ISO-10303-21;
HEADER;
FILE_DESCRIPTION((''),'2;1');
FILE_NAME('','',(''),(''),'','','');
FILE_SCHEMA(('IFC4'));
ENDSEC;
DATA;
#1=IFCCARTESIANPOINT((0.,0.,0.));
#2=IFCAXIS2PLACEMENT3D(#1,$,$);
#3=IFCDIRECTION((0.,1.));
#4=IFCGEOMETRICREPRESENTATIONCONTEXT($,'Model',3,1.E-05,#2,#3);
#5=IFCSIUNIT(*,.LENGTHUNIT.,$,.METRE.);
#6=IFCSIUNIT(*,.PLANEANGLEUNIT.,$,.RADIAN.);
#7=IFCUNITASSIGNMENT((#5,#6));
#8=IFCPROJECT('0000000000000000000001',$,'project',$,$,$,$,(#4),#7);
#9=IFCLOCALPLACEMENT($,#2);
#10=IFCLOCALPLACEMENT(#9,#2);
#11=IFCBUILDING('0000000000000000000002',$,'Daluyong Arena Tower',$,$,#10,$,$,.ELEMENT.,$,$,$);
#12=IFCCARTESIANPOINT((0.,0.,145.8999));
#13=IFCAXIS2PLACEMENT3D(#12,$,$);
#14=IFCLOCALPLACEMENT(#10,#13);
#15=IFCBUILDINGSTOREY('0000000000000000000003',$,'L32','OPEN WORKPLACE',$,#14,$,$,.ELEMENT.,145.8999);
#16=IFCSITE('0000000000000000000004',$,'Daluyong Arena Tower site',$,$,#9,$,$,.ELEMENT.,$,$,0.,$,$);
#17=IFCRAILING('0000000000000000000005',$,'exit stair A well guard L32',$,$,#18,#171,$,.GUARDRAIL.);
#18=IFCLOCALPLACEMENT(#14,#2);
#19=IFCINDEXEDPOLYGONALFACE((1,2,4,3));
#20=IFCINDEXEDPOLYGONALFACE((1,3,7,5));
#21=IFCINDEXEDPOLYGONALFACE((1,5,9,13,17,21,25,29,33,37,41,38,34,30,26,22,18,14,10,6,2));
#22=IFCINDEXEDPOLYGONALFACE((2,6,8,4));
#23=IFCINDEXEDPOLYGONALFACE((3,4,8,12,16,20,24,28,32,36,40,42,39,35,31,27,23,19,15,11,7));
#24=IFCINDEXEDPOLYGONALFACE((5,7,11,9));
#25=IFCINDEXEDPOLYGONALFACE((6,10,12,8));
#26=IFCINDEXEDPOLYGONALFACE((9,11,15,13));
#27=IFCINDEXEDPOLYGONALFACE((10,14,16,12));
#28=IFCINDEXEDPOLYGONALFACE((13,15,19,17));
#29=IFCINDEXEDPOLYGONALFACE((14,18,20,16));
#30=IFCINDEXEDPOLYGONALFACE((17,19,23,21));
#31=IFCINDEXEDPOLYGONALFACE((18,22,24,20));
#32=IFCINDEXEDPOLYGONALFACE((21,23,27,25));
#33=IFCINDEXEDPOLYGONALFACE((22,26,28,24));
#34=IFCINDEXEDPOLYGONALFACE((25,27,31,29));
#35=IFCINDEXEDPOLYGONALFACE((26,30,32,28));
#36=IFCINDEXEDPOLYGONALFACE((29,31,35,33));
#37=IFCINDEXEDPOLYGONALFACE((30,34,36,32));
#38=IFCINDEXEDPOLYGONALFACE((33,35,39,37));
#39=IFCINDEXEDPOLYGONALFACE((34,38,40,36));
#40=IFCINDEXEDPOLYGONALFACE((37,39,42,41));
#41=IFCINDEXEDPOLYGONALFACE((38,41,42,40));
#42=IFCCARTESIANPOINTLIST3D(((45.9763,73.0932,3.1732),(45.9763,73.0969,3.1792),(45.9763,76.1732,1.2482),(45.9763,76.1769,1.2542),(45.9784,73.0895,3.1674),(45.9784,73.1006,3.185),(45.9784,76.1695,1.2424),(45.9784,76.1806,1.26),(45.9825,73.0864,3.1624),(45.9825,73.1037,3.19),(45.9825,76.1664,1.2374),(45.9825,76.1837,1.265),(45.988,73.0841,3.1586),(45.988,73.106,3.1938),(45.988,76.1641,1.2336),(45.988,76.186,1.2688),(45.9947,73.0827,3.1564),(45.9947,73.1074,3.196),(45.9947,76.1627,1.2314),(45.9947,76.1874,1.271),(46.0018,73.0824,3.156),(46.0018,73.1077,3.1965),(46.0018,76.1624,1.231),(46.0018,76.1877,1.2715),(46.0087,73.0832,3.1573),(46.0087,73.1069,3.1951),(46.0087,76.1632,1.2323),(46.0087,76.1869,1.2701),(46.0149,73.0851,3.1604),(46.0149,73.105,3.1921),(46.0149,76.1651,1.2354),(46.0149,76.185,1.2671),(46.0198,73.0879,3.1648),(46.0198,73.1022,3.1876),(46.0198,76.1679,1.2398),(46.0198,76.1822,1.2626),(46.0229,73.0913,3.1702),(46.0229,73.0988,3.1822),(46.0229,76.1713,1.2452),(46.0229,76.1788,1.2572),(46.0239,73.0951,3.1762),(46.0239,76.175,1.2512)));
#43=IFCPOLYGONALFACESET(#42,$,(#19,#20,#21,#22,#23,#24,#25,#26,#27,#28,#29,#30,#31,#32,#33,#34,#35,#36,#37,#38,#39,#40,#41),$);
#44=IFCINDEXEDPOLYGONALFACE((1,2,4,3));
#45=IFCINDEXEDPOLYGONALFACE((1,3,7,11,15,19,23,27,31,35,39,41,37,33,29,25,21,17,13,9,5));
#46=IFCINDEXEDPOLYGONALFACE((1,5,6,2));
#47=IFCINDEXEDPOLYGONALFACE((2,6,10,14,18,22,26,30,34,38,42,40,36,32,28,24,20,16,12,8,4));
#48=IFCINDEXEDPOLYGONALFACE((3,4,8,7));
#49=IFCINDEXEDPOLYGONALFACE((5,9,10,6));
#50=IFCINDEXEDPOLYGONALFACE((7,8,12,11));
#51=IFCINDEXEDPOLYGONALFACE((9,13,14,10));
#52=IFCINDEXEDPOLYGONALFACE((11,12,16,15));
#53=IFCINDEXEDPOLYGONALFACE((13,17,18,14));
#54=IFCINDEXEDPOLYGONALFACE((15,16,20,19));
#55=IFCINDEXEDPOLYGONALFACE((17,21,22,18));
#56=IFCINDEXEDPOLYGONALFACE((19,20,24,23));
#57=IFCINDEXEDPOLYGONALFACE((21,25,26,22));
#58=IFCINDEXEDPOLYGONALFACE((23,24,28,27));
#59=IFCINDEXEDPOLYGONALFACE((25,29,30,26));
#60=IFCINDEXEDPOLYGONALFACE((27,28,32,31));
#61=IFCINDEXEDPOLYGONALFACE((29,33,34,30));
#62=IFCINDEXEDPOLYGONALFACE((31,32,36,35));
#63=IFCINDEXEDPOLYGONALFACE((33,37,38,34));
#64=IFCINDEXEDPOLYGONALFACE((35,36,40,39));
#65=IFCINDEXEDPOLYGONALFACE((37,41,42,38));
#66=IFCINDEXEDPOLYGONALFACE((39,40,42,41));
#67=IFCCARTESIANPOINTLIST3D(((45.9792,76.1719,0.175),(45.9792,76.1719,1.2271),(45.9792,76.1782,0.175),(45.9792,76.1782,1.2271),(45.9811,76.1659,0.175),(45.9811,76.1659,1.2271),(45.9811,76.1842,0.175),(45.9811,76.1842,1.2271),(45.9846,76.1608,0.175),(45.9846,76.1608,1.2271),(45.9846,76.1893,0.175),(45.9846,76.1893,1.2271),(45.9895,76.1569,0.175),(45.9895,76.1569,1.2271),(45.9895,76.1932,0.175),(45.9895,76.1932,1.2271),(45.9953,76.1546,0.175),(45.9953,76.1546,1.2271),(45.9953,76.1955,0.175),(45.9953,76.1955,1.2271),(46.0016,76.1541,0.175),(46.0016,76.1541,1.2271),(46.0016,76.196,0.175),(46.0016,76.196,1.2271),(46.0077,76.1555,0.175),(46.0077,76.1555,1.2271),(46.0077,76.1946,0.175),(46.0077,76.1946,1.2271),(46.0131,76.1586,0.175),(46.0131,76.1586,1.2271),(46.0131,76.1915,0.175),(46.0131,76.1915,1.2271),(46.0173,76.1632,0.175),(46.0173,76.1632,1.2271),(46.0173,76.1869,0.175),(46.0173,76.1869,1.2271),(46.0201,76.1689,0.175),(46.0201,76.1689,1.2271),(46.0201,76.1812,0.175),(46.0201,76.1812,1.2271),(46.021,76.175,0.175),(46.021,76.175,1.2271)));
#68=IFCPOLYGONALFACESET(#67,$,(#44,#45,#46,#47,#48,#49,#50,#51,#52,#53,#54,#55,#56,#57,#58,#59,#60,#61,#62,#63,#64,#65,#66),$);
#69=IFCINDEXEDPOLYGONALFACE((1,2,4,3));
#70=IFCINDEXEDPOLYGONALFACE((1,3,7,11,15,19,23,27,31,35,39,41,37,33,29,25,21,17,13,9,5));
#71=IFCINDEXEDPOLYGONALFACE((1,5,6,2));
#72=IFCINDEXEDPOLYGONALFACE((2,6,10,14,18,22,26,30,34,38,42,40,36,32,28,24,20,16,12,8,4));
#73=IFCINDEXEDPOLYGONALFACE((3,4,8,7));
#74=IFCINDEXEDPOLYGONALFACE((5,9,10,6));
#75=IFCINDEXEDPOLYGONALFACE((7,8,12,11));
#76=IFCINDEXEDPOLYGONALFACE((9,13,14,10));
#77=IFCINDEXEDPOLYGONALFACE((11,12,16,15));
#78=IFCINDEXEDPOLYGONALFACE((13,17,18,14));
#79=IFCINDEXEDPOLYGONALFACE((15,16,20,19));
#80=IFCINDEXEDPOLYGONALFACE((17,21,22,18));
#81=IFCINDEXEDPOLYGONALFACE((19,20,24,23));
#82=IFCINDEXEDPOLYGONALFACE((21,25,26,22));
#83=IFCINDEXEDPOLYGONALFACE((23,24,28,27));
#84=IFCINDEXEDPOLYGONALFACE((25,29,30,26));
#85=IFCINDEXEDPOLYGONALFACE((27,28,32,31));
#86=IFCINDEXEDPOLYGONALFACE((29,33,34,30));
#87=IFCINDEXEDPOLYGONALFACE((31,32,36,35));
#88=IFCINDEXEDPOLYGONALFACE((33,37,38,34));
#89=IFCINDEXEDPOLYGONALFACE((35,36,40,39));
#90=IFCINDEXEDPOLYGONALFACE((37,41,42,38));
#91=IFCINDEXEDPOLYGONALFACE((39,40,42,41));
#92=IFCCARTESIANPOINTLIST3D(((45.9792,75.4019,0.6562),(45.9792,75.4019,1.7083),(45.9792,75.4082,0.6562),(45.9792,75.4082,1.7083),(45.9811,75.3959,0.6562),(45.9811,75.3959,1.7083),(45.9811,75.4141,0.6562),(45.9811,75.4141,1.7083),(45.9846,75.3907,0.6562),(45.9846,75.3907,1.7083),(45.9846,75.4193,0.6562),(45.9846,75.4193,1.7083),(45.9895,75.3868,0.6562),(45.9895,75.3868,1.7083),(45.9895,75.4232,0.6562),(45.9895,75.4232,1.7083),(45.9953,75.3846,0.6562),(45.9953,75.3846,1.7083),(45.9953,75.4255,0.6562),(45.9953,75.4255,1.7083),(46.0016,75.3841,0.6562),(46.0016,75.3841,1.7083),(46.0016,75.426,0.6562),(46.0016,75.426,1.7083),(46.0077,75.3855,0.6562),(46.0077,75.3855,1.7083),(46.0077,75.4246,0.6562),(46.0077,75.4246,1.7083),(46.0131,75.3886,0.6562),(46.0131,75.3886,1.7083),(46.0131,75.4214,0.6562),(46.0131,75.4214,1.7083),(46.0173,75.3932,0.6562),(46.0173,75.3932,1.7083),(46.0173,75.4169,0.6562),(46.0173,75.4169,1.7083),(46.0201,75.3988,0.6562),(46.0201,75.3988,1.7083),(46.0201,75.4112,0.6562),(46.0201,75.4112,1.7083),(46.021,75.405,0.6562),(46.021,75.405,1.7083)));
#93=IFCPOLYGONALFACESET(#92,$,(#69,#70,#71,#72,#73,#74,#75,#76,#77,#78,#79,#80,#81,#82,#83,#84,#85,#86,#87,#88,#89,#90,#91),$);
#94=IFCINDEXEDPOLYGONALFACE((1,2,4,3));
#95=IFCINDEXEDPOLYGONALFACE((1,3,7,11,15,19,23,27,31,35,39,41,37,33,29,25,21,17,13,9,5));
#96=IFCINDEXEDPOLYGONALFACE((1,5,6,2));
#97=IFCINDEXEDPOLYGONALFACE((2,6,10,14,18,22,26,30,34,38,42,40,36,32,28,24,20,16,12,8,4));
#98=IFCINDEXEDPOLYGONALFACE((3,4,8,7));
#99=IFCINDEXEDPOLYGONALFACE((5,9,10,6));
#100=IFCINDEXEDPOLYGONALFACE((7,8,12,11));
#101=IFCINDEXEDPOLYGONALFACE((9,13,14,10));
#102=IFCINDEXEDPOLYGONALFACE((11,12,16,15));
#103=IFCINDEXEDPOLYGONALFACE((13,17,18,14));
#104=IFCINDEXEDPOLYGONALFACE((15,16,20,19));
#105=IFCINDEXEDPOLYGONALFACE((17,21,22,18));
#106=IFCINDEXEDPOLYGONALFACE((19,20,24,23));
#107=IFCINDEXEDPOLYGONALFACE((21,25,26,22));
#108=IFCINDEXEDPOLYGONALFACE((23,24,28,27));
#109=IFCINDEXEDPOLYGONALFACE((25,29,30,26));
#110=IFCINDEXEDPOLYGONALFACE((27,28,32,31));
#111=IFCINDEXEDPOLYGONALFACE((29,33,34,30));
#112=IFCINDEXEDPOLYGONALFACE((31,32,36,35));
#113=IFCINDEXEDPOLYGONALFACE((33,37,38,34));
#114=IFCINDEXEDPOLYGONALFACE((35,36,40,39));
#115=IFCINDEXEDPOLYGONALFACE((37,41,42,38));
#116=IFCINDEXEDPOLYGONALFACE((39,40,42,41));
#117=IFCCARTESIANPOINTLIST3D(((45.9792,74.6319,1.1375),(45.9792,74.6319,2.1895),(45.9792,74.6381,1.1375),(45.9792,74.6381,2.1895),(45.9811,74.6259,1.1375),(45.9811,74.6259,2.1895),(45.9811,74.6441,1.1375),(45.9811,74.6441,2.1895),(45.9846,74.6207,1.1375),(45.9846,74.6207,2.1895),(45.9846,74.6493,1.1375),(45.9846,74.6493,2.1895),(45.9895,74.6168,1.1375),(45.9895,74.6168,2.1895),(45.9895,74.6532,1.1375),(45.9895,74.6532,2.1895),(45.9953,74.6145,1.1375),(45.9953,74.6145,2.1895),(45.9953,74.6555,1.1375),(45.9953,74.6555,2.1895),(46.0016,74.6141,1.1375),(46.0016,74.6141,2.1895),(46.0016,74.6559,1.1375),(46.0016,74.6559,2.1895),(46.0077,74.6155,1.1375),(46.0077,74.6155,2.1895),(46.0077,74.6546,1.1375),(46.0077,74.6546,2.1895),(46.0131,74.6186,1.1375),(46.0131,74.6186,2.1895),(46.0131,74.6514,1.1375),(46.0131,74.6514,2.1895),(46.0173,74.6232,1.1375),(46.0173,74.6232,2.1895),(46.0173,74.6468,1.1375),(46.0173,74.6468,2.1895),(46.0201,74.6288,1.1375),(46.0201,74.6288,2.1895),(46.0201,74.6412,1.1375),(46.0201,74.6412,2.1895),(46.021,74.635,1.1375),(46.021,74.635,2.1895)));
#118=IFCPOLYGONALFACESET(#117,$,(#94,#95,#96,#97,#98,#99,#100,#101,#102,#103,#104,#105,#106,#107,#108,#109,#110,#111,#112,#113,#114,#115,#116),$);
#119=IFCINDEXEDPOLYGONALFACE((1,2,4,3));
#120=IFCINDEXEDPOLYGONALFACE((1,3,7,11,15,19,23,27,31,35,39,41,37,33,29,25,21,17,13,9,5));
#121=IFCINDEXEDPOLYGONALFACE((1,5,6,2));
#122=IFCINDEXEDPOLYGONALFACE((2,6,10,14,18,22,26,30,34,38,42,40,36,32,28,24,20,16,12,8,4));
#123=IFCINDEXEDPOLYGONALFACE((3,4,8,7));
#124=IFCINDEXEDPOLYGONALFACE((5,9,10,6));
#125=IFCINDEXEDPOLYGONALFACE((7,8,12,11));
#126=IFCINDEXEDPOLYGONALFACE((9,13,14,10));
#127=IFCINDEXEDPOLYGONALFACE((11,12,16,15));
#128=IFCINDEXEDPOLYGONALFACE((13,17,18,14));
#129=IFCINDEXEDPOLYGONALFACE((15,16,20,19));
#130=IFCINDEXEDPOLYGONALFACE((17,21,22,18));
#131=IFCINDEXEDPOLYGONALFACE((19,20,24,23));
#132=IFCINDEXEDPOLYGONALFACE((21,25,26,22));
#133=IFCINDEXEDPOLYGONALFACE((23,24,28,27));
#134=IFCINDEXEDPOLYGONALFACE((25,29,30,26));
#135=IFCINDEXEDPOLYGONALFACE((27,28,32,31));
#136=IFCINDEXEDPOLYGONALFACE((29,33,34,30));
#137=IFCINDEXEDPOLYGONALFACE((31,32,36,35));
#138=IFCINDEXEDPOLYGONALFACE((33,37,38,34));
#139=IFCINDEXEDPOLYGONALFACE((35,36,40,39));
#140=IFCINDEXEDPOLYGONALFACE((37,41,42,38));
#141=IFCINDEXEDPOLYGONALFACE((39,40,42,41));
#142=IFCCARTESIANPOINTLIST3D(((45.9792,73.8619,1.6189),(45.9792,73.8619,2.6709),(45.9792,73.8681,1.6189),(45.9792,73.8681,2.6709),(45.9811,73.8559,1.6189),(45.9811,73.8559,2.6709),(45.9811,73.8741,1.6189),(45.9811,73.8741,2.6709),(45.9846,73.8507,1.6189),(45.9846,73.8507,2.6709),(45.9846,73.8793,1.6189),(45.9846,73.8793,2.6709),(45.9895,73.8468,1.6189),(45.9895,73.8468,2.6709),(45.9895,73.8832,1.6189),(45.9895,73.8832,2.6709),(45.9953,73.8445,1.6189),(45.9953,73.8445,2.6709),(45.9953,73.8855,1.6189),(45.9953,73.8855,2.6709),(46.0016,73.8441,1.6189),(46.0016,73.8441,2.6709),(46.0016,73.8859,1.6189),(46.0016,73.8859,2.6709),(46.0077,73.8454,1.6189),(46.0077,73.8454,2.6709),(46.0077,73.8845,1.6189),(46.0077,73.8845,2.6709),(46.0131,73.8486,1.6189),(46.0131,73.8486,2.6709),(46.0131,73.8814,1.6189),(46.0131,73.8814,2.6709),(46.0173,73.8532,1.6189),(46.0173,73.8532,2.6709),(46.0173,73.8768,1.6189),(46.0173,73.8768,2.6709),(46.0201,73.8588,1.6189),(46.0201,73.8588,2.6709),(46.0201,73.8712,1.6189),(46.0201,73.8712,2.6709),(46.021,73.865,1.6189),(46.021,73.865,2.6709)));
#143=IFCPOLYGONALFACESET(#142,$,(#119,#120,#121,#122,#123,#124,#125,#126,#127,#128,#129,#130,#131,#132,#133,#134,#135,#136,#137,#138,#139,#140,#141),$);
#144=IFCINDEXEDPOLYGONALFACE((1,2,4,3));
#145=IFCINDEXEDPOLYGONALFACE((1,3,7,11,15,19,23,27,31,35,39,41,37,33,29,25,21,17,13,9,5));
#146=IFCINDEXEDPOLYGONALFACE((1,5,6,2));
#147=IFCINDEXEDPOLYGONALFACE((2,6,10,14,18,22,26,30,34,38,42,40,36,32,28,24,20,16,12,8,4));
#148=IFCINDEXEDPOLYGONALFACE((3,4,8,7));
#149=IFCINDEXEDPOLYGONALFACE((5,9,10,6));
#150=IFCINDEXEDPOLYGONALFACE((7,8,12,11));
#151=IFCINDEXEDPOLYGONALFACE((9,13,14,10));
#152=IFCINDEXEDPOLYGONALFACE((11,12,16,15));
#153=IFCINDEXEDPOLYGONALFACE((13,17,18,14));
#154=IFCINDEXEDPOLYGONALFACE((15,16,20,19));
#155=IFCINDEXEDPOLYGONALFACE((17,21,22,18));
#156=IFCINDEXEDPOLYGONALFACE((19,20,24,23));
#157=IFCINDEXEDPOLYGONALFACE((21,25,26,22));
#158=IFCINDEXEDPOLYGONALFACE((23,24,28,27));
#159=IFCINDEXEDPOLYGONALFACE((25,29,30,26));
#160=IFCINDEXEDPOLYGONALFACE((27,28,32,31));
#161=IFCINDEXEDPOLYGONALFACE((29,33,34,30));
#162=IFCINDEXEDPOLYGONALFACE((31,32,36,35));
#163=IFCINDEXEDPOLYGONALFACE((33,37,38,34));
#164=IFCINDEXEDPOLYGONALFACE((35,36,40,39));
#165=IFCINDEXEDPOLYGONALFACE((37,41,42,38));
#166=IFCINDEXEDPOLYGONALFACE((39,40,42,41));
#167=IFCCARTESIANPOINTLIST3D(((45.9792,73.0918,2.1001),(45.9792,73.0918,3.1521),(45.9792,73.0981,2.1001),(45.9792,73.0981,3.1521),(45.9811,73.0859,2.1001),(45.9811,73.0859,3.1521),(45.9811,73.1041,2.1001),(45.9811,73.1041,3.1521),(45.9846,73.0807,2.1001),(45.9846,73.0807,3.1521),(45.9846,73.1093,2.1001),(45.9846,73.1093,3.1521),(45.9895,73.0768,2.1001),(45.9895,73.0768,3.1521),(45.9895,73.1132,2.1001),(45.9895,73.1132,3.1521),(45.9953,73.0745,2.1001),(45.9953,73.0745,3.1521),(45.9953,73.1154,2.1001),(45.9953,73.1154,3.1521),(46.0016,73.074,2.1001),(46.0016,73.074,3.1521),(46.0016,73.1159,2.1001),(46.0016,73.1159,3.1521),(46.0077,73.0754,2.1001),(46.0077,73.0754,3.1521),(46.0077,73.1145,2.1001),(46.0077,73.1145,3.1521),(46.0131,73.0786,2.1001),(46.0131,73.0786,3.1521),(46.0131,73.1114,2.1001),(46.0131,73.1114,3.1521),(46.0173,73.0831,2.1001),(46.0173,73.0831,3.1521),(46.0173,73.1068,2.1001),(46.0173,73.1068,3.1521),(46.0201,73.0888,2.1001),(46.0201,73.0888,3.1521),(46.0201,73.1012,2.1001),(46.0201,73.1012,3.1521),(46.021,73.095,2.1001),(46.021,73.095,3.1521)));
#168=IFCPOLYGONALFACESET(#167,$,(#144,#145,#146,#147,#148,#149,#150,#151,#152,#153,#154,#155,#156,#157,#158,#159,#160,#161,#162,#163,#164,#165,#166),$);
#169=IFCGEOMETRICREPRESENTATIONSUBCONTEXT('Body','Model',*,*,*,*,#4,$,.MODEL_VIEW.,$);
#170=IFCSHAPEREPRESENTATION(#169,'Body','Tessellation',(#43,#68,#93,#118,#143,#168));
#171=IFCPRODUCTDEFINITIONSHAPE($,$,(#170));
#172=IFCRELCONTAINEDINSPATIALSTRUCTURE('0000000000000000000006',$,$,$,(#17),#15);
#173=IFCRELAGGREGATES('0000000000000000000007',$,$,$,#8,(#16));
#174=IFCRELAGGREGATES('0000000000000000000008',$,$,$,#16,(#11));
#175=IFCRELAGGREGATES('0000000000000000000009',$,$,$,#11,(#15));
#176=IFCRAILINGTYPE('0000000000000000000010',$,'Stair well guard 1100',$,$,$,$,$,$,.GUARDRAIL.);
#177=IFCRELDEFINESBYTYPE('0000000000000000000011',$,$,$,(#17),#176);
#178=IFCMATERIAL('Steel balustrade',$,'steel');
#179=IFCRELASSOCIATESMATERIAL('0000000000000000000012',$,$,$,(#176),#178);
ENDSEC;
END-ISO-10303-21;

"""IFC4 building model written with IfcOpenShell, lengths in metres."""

from ifc_helpers import new_model, si_unit, direction, frame, origin, origin_2d, place, context, subcontext, project, spatial, circle, extrude, material, type_object, element, save


model = new_model("IFC4")

# Units and contexts
model_context = context("Model", 3, precision=1e-05, world=origin(), true_north=direction((0.0, 1.0)))
body_context = subcontext(model_context, "Body", "Model", "MODEL_VIEW")
ifc_project = project(units=[si_unit("LENGTHUNIT", "METRE"), si_unit("PLANEANGLEUNIT", "RADIAN")], contexts=[model_context])

# Site, building, storey
site_placement = place(None, origin())
site = spatial("IfcSite", under=ifc_project, at=site_placement, Name="Daluyong Arena Tower site", CompositionType="ELEMENT", RefElevation=0.0)
building_placement = place(site_placement, origin())
building = spatial("IfcBuilding", under=site, at=building_placement, Name="Daluyong Arena Tower", CompositionType="ELEMENT")
storey_placement = place(building_placement, frame((0.0, 0.0, 145.8999)))
storey = spatial("IfcBuildingStorey", under=building, at=storey_placement, Name="L32", Description="OPEN WORKPLACE", CompositionType="ELEMENT", Elevation=145.8999)

# Railing
ifc_material_1 = material(Name="Steel balustrade", Category="steel")
railing_type_1 = type_object("IfcRailingType", Name="Stair well guard 1100", PredefinedType="GUARDRAIL", material=ifc_material_1)
railing_1_placement = place(storey_placement, frame((46.0, 76.175, 0.175)))
element("IfcRailing", 1, at=railing_1_placement, inside=storey, type_object=railing_type_1, Name="exit stair A well guard L32", PredefinedType="GUARDRAIL", context=body_context, shape_type="SweptSolid", body=[
    extrude(circle(Radius=0.0239, at=origin_2d()), frame((0.0, 0.0, 1.0762), z_axis=(0.0, -0.847998, 0.529999), x_axis=(1.0, 0.0, 0.0)), (0.0, 0.0, 1.0), 3.6321),
    extrude(circle(Radius=0.021, at=origin_2d()), origin(), (0.0, 0.0, 1.0), 1.052),
    extrude(circle(Radius=0.021, at=origin_2d()), frame((0.0, -0.77, 0.4812)), (0.0, 0.0, 1.0), 1.052),
    extrude(circle(Radius=0.021, at=origin_2d()), frame((0.0, -1.54, 0.9624)), (0.0, 0.0, 1.0), 1.052),
    extrude(circle(Radius=0.021, at=origin_2d()), frame((0.0, -2.3101, 1.4438)), (0.0, 0.0, 1.0), 1.052),
    extrude(circle(Radius=0.021, at=origin_2d()), frame((0.0, -3.0801, 1.925)), (0.0, 0.0, 1.0), 1.052),
])

save(model, "model.ifc")
